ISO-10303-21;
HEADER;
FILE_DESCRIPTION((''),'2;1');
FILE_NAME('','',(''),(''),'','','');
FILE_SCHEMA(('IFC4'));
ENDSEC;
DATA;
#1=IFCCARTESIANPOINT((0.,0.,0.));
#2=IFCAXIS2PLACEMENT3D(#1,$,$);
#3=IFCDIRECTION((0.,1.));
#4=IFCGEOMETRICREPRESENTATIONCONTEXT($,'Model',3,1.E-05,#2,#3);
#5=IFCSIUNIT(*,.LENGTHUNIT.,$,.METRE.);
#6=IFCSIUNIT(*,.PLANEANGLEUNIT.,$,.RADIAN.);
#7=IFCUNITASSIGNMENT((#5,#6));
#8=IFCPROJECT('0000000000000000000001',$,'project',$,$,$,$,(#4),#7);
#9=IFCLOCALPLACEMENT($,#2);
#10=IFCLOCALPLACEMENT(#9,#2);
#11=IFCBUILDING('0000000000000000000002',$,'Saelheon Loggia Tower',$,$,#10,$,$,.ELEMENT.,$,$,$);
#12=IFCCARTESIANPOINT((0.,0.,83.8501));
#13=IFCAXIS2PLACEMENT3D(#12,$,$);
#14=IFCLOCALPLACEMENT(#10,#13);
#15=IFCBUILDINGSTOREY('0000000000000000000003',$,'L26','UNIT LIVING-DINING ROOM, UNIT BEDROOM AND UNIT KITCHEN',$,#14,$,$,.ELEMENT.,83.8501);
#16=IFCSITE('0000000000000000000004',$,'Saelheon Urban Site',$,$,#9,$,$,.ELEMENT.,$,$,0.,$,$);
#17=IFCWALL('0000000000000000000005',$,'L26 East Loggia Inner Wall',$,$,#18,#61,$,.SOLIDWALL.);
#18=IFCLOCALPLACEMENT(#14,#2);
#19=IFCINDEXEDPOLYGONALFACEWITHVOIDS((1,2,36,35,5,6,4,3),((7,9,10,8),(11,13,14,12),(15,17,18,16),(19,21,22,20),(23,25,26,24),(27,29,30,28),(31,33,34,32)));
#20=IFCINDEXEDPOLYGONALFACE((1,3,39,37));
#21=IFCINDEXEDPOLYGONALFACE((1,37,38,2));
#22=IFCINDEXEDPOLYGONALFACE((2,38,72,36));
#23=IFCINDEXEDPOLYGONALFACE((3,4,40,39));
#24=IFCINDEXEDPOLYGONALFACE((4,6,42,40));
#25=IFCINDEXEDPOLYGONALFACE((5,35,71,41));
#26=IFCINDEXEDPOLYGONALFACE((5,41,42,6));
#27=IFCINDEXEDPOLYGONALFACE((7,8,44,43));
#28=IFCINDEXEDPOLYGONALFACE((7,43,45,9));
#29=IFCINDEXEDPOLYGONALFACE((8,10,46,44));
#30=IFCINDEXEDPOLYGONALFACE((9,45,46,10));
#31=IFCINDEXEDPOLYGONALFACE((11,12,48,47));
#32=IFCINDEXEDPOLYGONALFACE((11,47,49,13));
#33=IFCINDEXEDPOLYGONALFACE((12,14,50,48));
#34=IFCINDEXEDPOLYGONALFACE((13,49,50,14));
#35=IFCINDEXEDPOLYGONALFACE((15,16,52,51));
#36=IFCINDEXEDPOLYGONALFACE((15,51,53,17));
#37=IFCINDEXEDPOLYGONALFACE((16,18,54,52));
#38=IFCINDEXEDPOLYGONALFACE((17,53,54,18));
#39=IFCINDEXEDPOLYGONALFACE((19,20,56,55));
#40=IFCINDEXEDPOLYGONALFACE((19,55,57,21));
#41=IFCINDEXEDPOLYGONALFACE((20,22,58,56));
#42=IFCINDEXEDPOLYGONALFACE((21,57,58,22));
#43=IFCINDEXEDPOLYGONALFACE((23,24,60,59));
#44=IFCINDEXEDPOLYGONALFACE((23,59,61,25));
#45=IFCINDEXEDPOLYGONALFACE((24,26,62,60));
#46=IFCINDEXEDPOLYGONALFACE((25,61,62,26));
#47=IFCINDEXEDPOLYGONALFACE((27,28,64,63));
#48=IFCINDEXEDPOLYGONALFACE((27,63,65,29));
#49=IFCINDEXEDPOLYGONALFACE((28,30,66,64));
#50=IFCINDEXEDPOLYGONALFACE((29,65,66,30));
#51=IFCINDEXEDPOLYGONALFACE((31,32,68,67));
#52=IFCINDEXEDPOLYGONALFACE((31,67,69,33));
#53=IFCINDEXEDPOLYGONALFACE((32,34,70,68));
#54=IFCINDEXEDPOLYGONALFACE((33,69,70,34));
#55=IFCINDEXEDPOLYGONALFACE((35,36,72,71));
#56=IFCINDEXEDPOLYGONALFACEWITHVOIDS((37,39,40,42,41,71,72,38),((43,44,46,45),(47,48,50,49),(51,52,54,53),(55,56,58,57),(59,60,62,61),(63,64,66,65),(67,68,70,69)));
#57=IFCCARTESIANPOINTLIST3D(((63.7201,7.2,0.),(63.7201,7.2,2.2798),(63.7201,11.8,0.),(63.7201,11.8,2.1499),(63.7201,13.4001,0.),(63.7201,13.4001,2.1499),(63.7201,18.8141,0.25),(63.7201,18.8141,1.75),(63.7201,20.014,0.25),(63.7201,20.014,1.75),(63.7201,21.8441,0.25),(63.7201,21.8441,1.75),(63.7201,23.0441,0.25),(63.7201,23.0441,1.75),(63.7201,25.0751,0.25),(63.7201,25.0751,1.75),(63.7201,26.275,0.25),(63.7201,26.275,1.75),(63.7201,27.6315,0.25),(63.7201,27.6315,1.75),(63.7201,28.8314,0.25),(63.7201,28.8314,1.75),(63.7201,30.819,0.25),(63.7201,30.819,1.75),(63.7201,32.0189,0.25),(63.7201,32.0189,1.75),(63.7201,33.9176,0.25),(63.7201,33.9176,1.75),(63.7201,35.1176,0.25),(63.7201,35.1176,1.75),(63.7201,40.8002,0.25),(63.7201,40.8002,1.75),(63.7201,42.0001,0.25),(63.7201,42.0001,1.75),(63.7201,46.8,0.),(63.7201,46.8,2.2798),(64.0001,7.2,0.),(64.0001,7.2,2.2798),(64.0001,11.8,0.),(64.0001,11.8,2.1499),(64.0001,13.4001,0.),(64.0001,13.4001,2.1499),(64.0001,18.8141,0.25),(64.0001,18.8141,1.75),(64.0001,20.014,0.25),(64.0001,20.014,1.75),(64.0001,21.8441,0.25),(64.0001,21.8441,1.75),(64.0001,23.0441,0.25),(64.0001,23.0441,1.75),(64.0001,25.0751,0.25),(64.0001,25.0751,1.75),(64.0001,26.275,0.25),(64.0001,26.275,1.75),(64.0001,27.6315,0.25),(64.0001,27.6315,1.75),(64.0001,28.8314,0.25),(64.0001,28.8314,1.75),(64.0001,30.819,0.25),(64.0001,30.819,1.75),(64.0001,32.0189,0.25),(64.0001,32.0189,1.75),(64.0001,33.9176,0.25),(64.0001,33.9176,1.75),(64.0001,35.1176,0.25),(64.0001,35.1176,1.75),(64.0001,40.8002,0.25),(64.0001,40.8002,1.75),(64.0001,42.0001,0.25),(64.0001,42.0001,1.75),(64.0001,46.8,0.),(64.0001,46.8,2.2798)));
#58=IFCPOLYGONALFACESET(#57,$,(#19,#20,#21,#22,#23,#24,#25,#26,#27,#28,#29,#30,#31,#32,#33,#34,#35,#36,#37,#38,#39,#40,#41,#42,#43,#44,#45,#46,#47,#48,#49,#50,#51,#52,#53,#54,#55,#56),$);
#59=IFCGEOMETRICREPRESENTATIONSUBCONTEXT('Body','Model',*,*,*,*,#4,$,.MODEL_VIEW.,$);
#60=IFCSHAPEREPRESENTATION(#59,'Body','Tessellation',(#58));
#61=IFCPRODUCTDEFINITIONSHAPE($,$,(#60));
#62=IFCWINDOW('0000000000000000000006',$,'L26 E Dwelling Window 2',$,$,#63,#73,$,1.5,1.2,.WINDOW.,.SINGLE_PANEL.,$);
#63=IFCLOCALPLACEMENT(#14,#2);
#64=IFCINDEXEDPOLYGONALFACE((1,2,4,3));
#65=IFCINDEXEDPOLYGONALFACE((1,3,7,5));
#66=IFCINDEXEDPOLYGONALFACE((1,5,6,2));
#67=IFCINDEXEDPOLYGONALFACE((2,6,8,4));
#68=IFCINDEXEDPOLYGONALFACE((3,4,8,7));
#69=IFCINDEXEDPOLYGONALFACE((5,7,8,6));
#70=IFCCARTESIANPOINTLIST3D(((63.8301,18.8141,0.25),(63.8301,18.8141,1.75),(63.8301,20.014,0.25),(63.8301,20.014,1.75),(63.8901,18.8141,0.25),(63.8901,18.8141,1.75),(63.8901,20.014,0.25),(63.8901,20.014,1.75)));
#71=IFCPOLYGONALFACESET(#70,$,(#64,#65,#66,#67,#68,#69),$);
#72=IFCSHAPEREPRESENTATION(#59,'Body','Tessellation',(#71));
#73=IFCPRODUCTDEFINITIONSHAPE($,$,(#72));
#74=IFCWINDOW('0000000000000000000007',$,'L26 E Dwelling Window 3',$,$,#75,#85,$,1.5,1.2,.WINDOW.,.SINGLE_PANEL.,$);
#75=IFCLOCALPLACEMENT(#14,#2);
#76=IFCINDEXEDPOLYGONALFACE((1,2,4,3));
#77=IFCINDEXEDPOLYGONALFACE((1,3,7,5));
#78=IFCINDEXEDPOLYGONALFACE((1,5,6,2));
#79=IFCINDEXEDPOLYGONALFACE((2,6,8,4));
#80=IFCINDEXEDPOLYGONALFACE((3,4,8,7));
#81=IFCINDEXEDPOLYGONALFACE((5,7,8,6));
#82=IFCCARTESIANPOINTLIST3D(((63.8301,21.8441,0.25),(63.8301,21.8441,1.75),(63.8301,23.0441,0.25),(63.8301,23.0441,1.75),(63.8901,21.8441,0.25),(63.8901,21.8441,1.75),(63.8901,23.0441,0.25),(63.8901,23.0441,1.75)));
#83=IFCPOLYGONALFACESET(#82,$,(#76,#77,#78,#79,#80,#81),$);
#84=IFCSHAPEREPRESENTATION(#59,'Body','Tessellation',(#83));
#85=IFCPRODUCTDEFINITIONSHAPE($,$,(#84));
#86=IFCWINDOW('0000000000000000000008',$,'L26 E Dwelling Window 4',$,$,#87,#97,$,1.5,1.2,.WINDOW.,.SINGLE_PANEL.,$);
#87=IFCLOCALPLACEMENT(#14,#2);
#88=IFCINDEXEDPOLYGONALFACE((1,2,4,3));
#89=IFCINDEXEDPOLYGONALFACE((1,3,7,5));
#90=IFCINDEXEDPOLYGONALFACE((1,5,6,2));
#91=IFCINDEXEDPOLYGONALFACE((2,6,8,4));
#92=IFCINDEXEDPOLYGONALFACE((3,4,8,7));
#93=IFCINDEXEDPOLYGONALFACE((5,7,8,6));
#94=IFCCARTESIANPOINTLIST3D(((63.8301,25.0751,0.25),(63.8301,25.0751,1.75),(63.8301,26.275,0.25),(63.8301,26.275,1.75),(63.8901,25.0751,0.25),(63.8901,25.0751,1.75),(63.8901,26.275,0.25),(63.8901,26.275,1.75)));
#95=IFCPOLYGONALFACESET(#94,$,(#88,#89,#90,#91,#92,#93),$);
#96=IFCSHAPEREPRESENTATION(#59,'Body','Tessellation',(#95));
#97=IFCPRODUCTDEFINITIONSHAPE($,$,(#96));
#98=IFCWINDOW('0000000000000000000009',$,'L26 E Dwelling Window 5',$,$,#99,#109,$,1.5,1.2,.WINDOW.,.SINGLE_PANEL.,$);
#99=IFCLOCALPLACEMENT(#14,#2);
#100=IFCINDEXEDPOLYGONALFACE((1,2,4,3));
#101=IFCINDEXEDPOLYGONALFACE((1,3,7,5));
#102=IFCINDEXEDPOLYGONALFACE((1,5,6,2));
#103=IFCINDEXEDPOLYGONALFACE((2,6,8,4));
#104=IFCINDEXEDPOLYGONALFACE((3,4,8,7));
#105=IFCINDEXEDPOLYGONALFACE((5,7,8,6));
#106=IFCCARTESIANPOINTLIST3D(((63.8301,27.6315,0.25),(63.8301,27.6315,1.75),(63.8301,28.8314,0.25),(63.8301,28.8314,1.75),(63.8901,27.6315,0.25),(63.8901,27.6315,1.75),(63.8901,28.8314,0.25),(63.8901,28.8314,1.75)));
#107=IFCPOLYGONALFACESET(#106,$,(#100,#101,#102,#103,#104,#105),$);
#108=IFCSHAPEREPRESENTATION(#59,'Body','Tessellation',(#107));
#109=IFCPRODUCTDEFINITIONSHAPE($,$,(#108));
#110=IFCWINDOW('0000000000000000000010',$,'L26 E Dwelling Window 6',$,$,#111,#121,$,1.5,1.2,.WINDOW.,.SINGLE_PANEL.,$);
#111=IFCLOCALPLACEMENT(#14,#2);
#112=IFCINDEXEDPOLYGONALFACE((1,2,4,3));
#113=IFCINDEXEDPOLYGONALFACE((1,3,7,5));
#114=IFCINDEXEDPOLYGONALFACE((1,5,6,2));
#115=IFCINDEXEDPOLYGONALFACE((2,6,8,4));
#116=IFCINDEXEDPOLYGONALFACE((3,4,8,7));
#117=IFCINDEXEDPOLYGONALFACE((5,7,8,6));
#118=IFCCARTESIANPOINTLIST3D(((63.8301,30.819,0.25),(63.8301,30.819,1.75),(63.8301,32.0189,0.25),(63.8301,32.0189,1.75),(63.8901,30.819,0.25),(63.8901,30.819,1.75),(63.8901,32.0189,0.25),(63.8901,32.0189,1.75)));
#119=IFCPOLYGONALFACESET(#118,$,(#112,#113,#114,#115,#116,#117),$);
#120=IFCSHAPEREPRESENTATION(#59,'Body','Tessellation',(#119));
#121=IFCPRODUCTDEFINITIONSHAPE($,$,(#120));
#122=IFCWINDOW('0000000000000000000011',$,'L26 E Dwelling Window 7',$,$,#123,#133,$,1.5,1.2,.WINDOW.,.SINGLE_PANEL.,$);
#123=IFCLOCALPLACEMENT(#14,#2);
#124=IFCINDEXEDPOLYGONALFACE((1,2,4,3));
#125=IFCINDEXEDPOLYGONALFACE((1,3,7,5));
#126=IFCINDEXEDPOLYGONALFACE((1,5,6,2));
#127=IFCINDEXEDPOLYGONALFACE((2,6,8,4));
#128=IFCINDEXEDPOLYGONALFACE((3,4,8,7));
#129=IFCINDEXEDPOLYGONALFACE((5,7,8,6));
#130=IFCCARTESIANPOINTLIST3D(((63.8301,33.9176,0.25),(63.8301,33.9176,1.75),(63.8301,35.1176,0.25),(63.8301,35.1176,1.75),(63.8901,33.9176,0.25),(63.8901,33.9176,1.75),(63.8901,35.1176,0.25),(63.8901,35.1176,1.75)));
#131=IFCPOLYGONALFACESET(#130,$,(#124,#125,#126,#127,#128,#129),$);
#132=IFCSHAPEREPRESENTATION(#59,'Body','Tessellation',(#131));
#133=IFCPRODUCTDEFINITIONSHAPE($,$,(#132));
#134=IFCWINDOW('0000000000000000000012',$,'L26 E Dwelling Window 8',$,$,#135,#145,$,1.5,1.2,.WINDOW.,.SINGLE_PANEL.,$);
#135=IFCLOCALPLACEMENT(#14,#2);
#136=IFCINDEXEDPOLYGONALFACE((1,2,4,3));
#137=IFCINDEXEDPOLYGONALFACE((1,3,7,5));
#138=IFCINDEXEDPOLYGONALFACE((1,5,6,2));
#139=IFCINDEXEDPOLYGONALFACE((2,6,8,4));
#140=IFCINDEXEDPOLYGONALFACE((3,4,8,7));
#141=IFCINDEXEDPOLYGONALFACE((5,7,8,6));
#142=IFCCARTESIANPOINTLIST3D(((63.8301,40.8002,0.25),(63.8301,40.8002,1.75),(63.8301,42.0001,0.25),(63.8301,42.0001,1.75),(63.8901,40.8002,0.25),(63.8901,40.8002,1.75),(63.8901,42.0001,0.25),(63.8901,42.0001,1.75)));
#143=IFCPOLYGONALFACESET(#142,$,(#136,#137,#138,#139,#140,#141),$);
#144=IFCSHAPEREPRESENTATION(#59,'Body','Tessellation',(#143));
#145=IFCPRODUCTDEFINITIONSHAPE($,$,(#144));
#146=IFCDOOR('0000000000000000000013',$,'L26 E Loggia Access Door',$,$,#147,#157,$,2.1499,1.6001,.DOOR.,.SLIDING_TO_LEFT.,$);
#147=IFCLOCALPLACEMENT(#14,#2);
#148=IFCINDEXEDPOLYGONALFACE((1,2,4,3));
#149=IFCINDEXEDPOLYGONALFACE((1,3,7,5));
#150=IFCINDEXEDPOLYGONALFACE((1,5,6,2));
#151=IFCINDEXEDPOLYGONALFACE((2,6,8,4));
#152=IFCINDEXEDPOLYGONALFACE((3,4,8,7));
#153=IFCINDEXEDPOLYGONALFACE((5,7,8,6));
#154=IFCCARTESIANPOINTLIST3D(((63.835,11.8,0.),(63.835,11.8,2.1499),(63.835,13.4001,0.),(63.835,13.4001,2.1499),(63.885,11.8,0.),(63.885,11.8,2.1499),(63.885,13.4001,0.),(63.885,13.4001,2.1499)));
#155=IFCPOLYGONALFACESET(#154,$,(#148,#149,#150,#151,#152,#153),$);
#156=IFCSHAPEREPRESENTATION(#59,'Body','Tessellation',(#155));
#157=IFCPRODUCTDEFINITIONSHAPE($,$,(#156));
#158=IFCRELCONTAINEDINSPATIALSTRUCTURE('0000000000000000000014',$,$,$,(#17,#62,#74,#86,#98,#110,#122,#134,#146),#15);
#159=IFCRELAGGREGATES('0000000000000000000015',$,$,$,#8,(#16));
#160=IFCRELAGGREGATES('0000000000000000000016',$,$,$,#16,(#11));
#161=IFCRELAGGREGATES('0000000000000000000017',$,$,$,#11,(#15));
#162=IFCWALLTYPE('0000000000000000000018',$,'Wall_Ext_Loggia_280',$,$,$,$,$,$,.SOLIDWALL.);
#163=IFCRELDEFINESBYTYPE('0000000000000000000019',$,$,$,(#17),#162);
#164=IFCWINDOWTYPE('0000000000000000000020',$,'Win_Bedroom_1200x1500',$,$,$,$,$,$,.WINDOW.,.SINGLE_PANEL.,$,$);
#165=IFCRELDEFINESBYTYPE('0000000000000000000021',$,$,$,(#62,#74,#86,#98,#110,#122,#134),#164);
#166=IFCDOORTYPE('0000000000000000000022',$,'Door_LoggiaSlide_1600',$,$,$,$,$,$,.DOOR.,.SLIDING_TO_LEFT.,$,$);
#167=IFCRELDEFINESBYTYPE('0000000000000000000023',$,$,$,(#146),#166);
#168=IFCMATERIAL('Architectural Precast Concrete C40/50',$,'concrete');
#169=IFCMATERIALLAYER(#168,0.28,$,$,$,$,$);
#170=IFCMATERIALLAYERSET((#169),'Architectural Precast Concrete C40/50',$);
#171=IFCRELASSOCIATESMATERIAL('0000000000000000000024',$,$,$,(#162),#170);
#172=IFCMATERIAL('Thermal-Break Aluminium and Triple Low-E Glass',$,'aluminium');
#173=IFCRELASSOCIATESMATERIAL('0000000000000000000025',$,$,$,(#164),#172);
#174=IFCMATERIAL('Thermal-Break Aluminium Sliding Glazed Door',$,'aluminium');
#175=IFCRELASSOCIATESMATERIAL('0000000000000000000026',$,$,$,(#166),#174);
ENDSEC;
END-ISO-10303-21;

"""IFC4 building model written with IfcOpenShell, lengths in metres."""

from ifc_helpers import new_model, si_unit, direction, frame, frame_2d, origin, place, context, subcontext, project, spatial, rectangle, extrude, source, transform, mapped, material, layer, layer_set, type_object, element, fill, save


model = new_model("IFC4")

# Units and contexts
model_context = context("Model", 3, precision=1e-05, world=origin(), true_north=direction((0.0, 1.0)))
body_context = subcontext(model_context, "Body", "Model", "MODEL_VIEW")
ifc_project = project(units=[si_unit("LENGTHUNIT", "METRE"), si_unit("PLANEANGLEUNIT", "RADIAN")], contexts=[model_context])

# Site, building, storey
site_placement = place(None, origin())
site = spatial("IfcSite", under=ifc_project, at=site_placement, Name="Saelheon Urban Site", CompositionType="ELEMENT", RefElevation=0.0)
building_placement = place(site_placement, origin())
building = spatial("IfcBuilding", under=site, at=building_placement, Name="Saelheon Loggia Tower", CompositionType="ELEMENT")
storey_placement = place(building_placement, frame((0.0, 0.0, 83.8501)))
storey = spatial("IfcBuildingStorey", under=building, at=storey_placement, Name="L26", Description="UNIT LIVING-DINING ROOM, UNIT BEDROOM AND UNIT KITCHEN", CompositionType="ELEMENT", Elevation=83.8501)

# Wall, openings, windows, door
ifc_material_1 = material(Name="Architectural Precast Concrete C40/50", Category="concrete")
ifc_layer = layer(ifc_material_1, 0.28)
ifc_layer_set = layer_set([ifc_layer], Name="Architectural Precast Concrete C40/50")
wall_type = type_object("IfcWallType", Name="Wall_Ext_Loggia_280", PredefinedType="SOLIDWALL", material=ifc_layer_set)
wall_placement = place(storey_placement, frame((63.8601, 7.2, 0.0), z_axis=(0.0, 0.0, 1.0), x_axis=(0.0, 1.0, 0.0)))
wall = element("IfcWall", 1, at=wall_placement, inside=storey, type_object=wall_type, Name="L26 East Loggia Inner Wall", PredefinedType="SOLIDWALL", context=body_context, shape_type="SweptSolid", body=[
    extrude(rectangle(XDim=39.6001, YDim=0.28, at=frame_2d((19.8, 0.0))), origin(), (0.0, 0.0, 1.0), 2.2798),
])
opening_1_placement = place(wall_placement, frame((6.2002, 0.0, 0.0), z_axis=(0.0, 0.0, 1.0), x_axis=(-1.0, 0.0, 0.0)))
opening_1 = element("IfcOpeningElement", 2, at=opening_1_placement, cuts=wall, PredefinedType="OPENING", context=body_context, shape_type="SweptSolid", body=[
    extrude(rectangle(XDim=1.6001, YDim=2.1499, at=frame_2d((0.8, 1.075))), frame((0.0, 0.1521, 0.0), z_axis=(0.0, -1.0, 0.0), x_axis=(1.0, 0.0, 0.0)), (0.0, 0.0, 1.0), 0.304),
])
opening_2_placement = place(wall_placement, frame((11.614, 0.0, 0.25)))
opening_2 = element("IfcOpeningElement", 3, at=opening_2_placement, cuts=wall, PredefinedType="OPENING", context=body_context, shape_type="SweptSolid", body=[
    extrude(rectangle(XDim=1.2, YDim=1.5, at=frame_2d((0.6001, 0.75))), frame((0.0, 0.1521, 0.0), z_axis=(0.0, -1.0, 0.0), x_axis=(1.0, 0.0, 0.0)), (0.0, 0.0, 1.0), 0.304),
])
opening_3_placement = place(wall_placement, frame((14.644, 0.0, 0.25)))
opening_3 = element("IfcOpeningElement", 4, at=opening_3_placement, cuts=wall, PredefinedType="OPENING", context=body_context, shape_type="SweptSolid", body=[
    extrude(rectangle(XDim=1.2, YDim=1.5, at=frame_2d((0.6001, 0.75))), frame((0.0, 0.1521, 0.0), z_axis=(0.0, -1.0, 0.0), x_axis=(1.0, 0.0, 0.0)), (0.0, 0.0, 1.0), 0.304),
])
opening_4_placement = place(wall_placement, frame((17.875, 0.0, 0.25)))
opening_4 = element("IfcOpeningElement", 5, at=opening_4_placement, cuts=wall, PredefinedType="OPENING", context=body_context, shape_type="SweptSolid", body=[
    extrude(rectangle(XDim=1.2, YDim=1.5, at=frame_2d((0.6001, 0.75))), frame((0.0, 0.1521, 0.0), z_axis=(0.0, -1.0, 0.0), x_axis=(1.0, 0.0, 0.0)), (0.0, 0.0, 1.0), 0.304),
])
opening_5_placement = place(wall_placement, frame((20.4314, 0.0, 0.25)))
opening_5 = element("IfcOpeningElement", 6, at=opening_5_placement, cuts=wall, PredefinedType="OPENING", context=body_context, shape_type="SweptSolid", body=[
    extrude(rectangle(XDim=1.2, YDim=1.5, at=frame_2d((0.6001, 0.75))), frame((0.0, 0.1521, 0.0), z_axis=(0.0, -1.0, 0.0), x_axis=(1.0, 0.0, 0.0)), (0.0, 0.0, 1.0), 0.304),
])
opening_6_placement = place(wall_placement, frame((23.6189, 0.0, 0.25)))
opening_6 = element("IfcOpeningElement", 7, at=opening_6_placement, cuts=wall, PredefinedType="OPENING", context=body_context, shape_type="SweptSolid", body=[
    extrude(rectangle(XDim=1.2, YDim=1.5, at=frame_2d((0.6001, 0.75))), frame((0.0, 0.1521, 0.0), z_axis=(0.0, -1.0, 0.0), x_axis=(1.0, 0.0, 0.0)), (0.0, 0.0, 1.0), 0.304),
])
opening_7_placement = place(wall_placement, frame((26.7175, 0.0, 0.25)))
opening_7 = element("IfcOpeningElement", 8, at=opening_7_placement, cuts=wall, PredefinedType="OPENING", context=body_context, shape_type="SweptSolid", body=[
    extrude(rectangle(XDim=1.2, YDim=1.5, at=frame_2d((0.6001, 0.75))), frame((0.0, 0.1521, 0.0), z_axis=(0.0, -1.0, 0.0), x_axis=(1.0, 0.0, 0.0)), (0.0, 0.0, 1.0), 0.304),
])
opening_8_placement = place(wall_placement, frame((33.6001, 0.0, 0.25)))
opening_8 = element("IfcOpeningElement", 9, at=opening_8_placement, cuts=wall, PredefinedType="OPENING", context=body_context, shape_type="SweptSolid", body=[
    extrude(rectangle(XDim=1.2, YDim=1.5, at=frame_2d((0.6001, 0.75))), frame((0.0, 0.1521, 0.0), z_axis=(0.0, -1.0, 0.0), x_axis=(1.0, 0.0, 0.0)), (0.0, 0.0, 1.0), 0.304),
])
ifc_material_2 = material(Name="Thermal-Break Aluminium and Triple Low-E Glass", Category="aluminium")
window_type = type_object("IfcWindowType", Name="Win_Bedroom_1200x1500", PartitioningType="SINGLE_PANEL", PredefinedType="WINDOW", material=ifc_material_2)
shared_shape_1 = source(origin(), body_context, "Body", "SweptSolid", [
    extrude(rectangle(XDim=1.2, YDim=1.5, at=frame_2d((0.6001, 0.75))), frame((0.0, 0.03, 0.0), z_axis=(0.0, -1.0, 0.0), x_axis=(1.0, 0.0, 0.0)), (0.0, 0.0, 1.0), 0.0601),
])
window_1_placement = place(opening_2_placement, origin())
window_1 = element("IfcWindow", 10, at=window_1_placement, inside=storey, type_object=window_type, Name="L26 E Dwelling Window 2", OverallHeight=1.5, OverallWidth=1.2, PartitioningType="SINGLE_PANEL", PredefinedType="WINDOW", context=body_context, shape_type="MappedRepresentation", body=[
    mapped(shared_shape_1, transform((0.0, 0.0, 0.0), scale=1.0)),
])
fill(opening_2, window_1)
window_2_placement = place(opening_3_placement, origin())
window_2 = element("IfcWindow", 11, at=window_2_placement, inside=storey, type_object=window_type, Name="L26 E Dwelling Window 3", OverallHeight=1.5, OverallWidth=1.2, PartitioningType="SINGLE_PANEL", PredefinedType="WINDOW", context=body_context, shape_type="MappedRepresentation", body=[
    mapped(shared_shape_1, transform((0.0, 0.0, 0.0), scale=1.0)),
])
fill(opening_3, window_2)
window_3_placement = place(opening_4_placement, origin())
window_3 = element("IfcWindow", 12, at=window_3_placement, inside=storey, type_object=window_type, Name="L26 E Dwelling Window 4", OverallHeight=1.5, OverallWidth=1.2, PartitioningType="SINGLE_PANEL", PredefinedType="WINDOW", context=body_context, shape_type="MappedRepresentation", body=[
    mapped(shared_shape_1, transform((0.0, 0.0, 0.0), scale=1.0)),
])
fill(opening_4, window_3)
window_4_placement = place(opening_5_placement, origin())
window_4 = element("IfcWindow", 13, at=window_4_placement, inside=storey, type_object=window_type, Name="L26 E Dwelling Window 5", OverallHeight=1.5, OverallWidth=1.2, PartitioningType="SINGLE_PANEL", PredefinedType="WINDOW", context=body_context, shape_type="MappedRepresentation", body=[
    mapped(shared_shape_1, transform((0.0, 0.0, 0.0), scale=1.0)),
])
fill(opening_5, window_4)
window_5_placement = place(opening_6_placement, origin())
window_5 = element("IfcWindow", 14, at=window_5_placement, inside=storey, type_object=window_type, Name="L26 E Dwelling Window 6", OverallHeight=1.5, OverallWidth=1.2, PartitioningType="SINGLE_PANEL", PredefinedType="WINDOW", context=body_context, shape_type="MappedRepresentation", body=[
    mapped(shared_shape_1, transform((0.0, 0.0, 0.0), scale=1.0)),
])
fill(opening_6, window_5)
window_6_placement = place(opening_7_placement, origin())
window_6 = element("IfcWindow", 15, at=window_6_placement, inside=storey, type_object=window_type, Name="L26 E Dwelling Window 7", OverallHeight=1.5, OverallWidth=1.2, PartitioningType="SINGLE_PANEL", PredefinedType="WINDOW", context=body_context, shape_type="MappedRepresentation", body=[
    mapped(shared_shape_1, transform((0.0, 0.0, 0.0), scale=1.0)),
])
fill(opening_7, window_6)
window_7_placement = place(opening_8_placement, origin())
window_7 = element("IfcWindow", 16, at=window_7_placement, inside=storey, type_object=window_type, Name="L26 E Dwelling Window 8", OverallHeight=1.5, OverallWidth=1.2, PartitioningType="SINGLE_PANEL", PredefinedType="WINDOW", context=body_context, shape_type="MappedRepresentation", body=[
    mapped(shared_shape_1, transform((0.0, 0.0, 0.0), scale=1.0)),
])
fill(opening_8, window_7)
ifc_material_3 = material(Name="Thermal-Break Aluminium Sliding Glazed Door", Category="aluminium")
door_type = type_object("IfcDoorType", Name="Door_LoggiaSlide_1600", OperationType="SLIDING_TO_LEFT", PredefinedType="DOOR", material=ifc_material_3)
shared_shape_2 = source(origin(), body_context, "Body", "SweptSolid", [
    extrude(rectangle(XDim=1.6001, YDim=2.1499, at=frame_2d((0.8, 1.075))), frame((0.0, 0.0249, 0.0), z_axis=(0.0, -1.0, 0.0), x_axis=(1.0, 0.0, 0.0)), (0.0, 0.0, 1.0), 0.05),
])
door_placement = place(opening_1_placement, origin())
door = element("IfcDoor", 17, at=door_placement, inside=storey, type_object=door_type, Name="L26 E Loggia Access Door", OperationType="SLIDING_TO_LEFT", OverallHeight=2.1499, OverallWidth=1.6001, PredefinedType="DOOR", context=body_context, shape_type="MappedRepresentation", body=[
    mapped(shared_shape_2, transform((0.0, 0.0, 0.0), scale=1.0)),
])
fill(opening_1, door)

save(model, "model.ifc")
